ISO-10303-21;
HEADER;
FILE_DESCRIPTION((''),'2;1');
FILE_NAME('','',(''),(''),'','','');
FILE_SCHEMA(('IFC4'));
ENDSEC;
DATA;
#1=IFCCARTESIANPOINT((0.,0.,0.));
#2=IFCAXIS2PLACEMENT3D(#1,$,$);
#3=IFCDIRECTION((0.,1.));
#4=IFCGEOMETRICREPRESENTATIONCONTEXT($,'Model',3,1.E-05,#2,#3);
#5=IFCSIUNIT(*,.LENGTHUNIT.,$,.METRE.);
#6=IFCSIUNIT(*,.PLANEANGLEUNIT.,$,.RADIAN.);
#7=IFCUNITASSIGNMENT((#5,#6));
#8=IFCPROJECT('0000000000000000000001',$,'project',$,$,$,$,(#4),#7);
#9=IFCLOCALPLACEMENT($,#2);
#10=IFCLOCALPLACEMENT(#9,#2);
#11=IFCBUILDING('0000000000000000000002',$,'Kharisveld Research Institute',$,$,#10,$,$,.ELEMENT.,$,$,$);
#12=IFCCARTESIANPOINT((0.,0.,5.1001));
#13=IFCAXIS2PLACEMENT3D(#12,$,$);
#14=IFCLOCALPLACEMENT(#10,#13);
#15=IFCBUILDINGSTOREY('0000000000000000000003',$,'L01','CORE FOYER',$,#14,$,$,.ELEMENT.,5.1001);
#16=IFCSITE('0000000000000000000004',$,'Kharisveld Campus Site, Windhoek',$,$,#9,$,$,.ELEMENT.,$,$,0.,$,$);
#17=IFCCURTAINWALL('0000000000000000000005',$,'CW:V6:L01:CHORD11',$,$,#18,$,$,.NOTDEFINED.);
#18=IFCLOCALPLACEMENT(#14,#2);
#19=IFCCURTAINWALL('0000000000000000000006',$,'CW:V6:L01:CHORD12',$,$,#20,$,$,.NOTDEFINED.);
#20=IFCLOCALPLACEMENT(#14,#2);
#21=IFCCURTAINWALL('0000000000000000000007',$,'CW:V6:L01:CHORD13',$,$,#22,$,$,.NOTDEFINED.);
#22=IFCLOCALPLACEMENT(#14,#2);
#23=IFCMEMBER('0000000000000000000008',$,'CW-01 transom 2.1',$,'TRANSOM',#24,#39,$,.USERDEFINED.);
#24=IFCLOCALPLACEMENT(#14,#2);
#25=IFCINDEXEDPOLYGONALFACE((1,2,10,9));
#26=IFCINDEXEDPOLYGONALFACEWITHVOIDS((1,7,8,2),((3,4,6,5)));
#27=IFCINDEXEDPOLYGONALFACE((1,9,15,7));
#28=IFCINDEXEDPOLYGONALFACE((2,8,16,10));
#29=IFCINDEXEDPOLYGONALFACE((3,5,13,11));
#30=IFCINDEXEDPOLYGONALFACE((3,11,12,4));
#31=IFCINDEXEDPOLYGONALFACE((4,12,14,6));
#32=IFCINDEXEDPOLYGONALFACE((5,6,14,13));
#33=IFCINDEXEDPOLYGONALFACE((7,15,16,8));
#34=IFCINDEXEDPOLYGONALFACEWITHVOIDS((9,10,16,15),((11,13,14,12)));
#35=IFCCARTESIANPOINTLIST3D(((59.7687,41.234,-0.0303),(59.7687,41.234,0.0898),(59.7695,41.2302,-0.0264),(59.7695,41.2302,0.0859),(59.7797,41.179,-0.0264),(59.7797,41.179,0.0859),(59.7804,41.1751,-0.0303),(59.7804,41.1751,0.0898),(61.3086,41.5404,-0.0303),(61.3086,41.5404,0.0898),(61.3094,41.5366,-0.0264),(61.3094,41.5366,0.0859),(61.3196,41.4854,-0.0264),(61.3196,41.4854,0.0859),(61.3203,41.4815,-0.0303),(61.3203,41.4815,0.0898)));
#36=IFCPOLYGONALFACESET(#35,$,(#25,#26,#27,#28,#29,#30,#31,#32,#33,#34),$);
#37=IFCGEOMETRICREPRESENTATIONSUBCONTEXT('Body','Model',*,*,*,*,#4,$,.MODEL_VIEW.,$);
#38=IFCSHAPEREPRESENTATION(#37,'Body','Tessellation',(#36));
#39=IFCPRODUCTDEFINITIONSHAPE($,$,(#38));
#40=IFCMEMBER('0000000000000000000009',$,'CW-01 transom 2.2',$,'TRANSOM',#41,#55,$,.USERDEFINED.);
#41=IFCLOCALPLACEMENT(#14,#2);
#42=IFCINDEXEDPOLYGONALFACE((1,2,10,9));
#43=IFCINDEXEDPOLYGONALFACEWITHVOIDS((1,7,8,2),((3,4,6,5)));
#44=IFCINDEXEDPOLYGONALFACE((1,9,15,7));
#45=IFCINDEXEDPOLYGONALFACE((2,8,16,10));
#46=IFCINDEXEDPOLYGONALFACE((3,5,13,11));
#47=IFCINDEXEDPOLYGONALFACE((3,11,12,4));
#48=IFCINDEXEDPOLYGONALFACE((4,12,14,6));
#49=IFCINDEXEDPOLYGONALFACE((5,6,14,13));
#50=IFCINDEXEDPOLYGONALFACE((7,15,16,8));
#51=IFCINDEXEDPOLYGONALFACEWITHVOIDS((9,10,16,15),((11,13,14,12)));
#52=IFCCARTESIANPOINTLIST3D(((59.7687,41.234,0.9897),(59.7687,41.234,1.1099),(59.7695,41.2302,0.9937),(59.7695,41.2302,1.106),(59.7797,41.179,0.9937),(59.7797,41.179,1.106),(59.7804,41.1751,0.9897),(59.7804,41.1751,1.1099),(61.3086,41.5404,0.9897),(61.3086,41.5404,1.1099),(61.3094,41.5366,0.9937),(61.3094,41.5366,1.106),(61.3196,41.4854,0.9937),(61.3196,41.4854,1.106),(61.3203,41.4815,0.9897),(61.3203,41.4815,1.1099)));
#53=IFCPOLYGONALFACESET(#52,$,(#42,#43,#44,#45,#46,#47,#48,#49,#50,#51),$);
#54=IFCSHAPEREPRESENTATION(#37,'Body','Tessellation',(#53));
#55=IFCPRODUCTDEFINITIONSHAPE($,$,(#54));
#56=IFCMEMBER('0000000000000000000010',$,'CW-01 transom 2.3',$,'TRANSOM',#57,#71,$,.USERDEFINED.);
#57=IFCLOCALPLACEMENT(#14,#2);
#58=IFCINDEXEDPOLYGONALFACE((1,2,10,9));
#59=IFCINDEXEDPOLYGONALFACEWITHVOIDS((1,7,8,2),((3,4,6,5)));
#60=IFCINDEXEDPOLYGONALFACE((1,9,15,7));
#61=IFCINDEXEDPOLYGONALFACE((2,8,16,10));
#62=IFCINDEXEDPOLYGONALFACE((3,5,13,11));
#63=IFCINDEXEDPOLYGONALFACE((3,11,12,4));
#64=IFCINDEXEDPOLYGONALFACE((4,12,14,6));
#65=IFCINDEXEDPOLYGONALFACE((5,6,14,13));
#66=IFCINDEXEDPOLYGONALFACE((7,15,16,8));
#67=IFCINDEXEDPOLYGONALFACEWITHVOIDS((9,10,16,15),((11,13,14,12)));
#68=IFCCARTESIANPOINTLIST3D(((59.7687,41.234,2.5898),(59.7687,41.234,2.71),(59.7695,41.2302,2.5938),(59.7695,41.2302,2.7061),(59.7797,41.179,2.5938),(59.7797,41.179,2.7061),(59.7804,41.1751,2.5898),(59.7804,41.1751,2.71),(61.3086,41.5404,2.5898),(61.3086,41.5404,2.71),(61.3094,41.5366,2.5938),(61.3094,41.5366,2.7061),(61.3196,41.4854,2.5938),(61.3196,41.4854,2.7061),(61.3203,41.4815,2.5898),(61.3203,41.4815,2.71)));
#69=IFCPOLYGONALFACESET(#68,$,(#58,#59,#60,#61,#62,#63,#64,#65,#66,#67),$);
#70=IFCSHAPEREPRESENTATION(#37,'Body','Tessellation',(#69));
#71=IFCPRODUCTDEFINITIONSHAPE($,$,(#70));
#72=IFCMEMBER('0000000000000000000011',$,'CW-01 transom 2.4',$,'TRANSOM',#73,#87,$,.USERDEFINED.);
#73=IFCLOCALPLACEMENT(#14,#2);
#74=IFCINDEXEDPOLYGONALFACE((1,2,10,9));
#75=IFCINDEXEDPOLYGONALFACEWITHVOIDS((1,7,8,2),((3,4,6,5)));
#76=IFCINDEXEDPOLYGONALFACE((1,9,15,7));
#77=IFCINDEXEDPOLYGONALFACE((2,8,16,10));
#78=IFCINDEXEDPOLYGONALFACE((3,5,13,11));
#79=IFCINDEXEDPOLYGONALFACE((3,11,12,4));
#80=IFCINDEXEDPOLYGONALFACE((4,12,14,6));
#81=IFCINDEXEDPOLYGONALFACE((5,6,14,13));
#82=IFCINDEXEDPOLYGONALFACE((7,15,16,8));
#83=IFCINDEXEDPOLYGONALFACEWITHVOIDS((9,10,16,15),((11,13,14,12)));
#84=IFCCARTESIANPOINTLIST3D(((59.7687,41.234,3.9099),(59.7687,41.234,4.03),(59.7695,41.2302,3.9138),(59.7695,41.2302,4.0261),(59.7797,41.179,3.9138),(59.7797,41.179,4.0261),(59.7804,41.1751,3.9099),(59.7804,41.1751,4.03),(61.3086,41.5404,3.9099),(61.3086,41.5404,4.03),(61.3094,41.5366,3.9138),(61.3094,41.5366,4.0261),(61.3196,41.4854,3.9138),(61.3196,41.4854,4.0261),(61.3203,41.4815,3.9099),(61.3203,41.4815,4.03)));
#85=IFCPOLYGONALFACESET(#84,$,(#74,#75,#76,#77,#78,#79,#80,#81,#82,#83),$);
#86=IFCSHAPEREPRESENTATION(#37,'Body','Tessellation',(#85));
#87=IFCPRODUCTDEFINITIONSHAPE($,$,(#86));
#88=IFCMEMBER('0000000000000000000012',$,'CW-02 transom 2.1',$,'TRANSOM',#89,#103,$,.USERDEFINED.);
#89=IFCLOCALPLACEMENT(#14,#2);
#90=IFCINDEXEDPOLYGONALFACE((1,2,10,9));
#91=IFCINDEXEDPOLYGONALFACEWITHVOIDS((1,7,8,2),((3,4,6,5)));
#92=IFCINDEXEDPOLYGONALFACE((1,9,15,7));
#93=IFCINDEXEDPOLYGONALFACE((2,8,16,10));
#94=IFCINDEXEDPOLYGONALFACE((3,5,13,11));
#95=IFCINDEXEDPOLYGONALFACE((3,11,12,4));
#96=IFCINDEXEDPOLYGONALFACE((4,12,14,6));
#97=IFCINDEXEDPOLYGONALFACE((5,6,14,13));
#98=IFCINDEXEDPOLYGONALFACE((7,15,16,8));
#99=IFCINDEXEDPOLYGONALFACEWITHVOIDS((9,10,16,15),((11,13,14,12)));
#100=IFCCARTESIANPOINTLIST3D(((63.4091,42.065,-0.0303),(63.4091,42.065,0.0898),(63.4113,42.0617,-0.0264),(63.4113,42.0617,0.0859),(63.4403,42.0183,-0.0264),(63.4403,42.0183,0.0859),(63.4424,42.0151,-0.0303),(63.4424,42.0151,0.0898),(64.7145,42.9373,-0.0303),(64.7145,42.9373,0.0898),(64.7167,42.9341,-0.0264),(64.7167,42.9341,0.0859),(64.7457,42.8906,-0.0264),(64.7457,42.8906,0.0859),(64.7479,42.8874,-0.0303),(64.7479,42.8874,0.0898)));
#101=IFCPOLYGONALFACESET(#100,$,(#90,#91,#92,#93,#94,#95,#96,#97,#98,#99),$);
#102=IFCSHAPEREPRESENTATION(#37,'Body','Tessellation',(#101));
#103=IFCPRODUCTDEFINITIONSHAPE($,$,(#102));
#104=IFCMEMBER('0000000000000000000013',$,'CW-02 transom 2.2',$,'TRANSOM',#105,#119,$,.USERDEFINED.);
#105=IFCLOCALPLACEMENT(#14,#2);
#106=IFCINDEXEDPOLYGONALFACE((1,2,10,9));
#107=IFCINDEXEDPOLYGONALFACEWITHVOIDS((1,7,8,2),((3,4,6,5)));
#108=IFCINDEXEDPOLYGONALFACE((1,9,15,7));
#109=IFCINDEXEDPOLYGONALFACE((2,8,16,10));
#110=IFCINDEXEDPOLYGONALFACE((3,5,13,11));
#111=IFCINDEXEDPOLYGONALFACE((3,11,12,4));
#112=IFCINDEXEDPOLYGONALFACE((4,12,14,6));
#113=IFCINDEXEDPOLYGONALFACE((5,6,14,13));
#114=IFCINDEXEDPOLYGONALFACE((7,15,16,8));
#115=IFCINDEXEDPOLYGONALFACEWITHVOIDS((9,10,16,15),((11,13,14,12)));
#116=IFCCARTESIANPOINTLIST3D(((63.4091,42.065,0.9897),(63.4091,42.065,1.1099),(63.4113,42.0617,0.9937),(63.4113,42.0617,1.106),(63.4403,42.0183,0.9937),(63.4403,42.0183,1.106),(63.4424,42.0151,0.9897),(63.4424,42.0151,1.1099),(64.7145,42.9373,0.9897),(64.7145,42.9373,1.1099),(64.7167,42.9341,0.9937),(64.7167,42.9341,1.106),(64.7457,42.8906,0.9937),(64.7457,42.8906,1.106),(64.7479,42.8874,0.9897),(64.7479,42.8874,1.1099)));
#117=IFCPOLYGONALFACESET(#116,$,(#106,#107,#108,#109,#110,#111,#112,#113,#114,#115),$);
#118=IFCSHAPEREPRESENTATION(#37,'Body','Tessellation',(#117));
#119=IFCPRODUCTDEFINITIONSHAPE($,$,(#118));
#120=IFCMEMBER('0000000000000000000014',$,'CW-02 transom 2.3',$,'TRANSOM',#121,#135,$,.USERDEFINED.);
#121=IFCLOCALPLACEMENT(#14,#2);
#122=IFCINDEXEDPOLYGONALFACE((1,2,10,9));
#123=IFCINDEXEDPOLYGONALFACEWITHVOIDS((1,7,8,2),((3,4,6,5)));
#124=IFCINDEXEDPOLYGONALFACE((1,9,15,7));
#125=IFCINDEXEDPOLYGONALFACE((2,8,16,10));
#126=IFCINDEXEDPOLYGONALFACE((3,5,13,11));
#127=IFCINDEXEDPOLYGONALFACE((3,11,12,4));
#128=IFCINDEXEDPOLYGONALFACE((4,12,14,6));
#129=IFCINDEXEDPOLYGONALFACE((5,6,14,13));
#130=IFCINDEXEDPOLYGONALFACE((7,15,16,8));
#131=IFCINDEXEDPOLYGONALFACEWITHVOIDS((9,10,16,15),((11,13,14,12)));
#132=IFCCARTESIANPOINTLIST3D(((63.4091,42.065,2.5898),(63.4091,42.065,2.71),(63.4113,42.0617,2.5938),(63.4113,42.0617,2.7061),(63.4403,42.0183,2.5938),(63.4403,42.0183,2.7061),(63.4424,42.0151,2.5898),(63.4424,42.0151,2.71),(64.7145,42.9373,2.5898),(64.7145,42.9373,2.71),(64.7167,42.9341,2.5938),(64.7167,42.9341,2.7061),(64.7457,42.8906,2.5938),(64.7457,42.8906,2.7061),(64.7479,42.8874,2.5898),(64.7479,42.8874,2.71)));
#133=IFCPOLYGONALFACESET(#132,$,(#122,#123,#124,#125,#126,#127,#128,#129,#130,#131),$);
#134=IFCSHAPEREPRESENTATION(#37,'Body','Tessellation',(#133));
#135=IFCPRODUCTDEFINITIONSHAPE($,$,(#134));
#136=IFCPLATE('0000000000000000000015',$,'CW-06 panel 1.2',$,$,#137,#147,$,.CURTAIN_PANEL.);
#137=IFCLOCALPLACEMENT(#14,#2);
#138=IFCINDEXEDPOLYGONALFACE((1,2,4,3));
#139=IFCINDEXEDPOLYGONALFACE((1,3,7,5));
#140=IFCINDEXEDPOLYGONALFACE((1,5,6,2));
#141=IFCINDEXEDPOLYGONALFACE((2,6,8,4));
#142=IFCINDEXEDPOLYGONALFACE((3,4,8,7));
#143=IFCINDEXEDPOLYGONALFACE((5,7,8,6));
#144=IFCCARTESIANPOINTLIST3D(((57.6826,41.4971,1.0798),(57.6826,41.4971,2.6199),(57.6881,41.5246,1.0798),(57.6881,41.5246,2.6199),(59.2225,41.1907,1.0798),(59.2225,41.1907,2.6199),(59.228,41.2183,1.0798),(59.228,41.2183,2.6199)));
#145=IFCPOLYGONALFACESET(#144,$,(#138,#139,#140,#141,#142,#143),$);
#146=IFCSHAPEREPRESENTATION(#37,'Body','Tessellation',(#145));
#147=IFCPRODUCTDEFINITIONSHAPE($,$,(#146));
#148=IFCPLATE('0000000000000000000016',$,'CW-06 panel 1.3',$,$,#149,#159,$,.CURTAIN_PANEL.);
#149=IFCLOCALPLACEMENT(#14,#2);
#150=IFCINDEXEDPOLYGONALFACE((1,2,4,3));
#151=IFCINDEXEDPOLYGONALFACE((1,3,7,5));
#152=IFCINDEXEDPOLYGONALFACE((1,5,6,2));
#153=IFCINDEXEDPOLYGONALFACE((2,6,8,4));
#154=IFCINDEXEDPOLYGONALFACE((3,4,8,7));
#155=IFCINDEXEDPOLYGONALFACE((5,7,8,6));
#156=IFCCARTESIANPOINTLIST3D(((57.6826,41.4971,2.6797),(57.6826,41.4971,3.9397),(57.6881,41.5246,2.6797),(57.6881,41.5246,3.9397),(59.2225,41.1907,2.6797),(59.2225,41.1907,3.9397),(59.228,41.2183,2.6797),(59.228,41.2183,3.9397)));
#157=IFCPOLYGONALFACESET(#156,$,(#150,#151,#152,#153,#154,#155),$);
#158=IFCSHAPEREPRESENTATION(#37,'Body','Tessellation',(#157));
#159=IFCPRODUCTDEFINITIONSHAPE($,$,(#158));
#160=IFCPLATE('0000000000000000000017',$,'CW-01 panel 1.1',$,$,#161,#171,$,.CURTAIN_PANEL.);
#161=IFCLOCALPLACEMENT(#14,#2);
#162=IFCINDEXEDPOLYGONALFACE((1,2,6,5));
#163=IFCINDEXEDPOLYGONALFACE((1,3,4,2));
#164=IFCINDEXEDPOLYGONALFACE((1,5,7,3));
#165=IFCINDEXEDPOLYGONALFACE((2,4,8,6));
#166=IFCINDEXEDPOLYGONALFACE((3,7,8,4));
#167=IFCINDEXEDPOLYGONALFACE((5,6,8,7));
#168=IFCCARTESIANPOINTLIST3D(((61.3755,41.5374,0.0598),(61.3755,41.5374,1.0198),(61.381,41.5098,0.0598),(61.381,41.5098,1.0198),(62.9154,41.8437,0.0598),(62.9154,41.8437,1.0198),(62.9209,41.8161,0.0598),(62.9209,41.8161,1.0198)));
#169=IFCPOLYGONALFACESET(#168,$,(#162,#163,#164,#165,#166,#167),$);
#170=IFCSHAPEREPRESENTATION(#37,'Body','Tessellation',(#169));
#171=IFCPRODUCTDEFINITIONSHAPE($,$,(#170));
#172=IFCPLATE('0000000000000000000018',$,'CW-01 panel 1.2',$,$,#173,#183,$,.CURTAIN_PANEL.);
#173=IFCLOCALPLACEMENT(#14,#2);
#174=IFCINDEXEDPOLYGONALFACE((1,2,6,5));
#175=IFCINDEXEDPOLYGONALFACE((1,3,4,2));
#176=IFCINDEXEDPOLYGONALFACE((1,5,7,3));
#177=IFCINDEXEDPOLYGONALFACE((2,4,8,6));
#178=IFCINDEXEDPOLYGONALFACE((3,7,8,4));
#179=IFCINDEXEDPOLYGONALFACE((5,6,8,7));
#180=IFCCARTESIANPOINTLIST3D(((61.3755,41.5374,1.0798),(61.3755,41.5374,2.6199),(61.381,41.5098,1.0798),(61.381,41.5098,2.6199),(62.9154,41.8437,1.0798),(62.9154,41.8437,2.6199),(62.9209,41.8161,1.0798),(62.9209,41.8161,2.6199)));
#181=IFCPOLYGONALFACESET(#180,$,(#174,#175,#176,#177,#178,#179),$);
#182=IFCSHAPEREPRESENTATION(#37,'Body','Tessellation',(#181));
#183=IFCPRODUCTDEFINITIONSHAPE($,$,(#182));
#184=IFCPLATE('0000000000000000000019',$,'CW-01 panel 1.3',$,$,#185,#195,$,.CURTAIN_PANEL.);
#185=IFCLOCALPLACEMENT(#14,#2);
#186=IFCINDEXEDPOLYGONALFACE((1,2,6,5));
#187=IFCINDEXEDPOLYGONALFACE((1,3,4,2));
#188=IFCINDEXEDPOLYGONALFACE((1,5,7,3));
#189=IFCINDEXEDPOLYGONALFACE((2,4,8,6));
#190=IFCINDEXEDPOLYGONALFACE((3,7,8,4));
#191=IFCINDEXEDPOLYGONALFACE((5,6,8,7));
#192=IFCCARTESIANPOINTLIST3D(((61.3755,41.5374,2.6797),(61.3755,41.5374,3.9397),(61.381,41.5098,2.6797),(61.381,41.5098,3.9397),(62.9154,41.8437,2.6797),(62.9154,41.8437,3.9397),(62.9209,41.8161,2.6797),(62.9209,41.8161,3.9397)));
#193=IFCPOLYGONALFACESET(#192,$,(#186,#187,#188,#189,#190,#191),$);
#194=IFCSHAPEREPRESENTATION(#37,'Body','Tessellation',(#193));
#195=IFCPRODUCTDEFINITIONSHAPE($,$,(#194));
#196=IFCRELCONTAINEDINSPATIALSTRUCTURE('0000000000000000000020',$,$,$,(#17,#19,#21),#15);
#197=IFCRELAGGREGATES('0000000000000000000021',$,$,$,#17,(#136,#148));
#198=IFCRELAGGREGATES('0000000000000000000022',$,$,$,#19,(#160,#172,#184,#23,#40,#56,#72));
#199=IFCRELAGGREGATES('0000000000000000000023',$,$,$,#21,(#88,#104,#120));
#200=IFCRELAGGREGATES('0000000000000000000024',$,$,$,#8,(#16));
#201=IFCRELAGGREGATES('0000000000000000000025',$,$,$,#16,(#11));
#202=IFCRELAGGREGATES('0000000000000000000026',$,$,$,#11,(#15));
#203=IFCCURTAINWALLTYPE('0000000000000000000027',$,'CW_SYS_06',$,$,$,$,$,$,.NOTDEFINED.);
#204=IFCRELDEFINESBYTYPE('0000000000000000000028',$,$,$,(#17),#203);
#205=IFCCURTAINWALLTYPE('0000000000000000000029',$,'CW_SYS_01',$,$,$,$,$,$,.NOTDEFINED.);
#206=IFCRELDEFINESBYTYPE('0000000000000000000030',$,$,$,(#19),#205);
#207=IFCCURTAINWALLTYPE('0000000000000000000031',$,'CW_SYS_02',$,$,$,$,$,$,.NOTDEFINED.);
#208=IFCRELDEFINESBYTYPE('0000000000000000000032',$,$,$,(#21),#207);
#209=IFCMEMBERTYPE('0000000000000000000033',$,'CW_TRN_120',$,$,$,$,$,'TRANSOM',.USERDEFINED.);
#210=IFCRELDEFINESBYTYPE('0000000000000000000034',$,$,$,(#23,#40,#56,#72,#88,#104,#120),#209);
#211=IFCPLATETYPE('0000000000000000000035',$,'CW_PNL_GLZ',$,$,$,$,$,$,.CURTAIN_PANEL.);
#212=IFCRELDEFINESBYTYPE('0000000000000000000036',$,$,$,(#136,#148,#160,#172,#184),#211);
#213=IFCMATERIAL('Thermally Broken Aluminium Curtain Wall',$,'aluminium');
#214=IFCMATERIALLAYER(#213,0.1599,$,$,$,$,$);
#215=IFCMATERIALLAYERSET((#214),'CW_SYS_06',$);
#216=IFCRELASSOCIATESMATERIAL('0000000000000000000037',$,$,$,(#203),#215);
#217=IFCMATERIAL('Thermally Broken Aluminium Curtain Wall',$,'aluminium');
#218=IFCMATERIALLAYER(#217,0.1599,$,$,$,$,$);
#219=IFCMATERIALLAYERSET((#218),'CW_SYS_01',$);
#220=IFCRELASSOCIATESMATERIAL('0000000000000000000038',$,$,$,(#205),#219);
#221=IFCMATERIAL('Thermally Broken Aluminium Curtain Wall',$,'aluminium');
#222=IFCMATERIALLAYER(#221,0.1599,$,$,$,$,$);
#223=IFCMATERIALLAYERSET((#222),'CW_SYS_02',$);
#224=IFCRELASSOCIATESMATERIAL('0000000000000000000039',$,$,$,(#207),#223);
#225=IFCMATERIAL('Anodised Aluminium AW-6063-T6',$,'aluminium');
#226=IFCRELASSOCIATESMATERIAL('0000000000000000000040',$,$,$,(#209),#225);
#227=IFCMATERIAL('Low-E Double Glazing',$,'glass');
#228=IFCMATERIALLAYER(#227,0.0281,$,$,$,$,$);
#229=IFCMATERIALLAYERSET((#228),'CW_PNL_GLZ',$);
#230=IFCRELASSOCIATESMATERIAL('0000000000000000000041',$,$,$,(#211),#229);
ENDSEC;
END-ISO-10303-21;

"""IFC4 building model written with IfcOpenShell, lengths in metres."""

from ifc_helpers import new_model, si_unit, direction, frame, origin, origin_2d, place, context, subcontext, project, spatial, rectangle, hollow_rectangle, extrude, material, layer, layer_set, material_profile, profile_set, type_object, element, aggregate, save


model = new_model("IFC4")

# Units and contexts
model_context = context("Model", 3, precision=1e-05, world=origin(), true_north=direction((0.0, 1.0)))
body_context = subcontext(model_context, "Body", "Model", "MODEL_VIEW")
ifc_project = project(units=[si_unit("LENGTHUNIT", "METRE"), si_unit("PLANEANGLEUNIT", "RADIAN")], contexts=[model_context])

# Site, building, storey
site_placement = place(None, origin())
site = spatial("IfcSite", under=ifc_project, at=site_placement, Name="Kharisveld Campus Site, Windhoek", CompositionType="ELEMENT", RefElevation=0.0)
building_placement = place(site_placement, origin())
building = spatial("IfcBuilding", under=site, at=building_placement, Name="Kharisveld Research Institute", CompositionType="ELEMENT")
storey_placement = place(building_placement, frame((0.0, 0.0, 5.1001)))
storey = spatial("IfcBuildingStorey", under=building, at=storey_placement, Name="L01", Description="CORE FOYER", CompositionType="ELEMENT", Elevation=5.1001)

# Curtain wall
ifc_material_1 = material(Name="Thermally Broken Aluminium Curtain Wall", Category="aluminium")
ifc_layer_1 = layer(ifc_material_1, 0.1599)
ifc_layer_set_1 = layer_set([ifc_layer_1], Name="CW_SYS_06")
curtain_wall_type_1 = type_object("IfcCurtainWallType", Name="CW_SYS_06", PredefinedType="NOTDEFINED", material=ifc_layer_set_1)
curtain_wall_1_placement = place(storey_placement, origin())
curtain_wall_1 = element("IfcCurtainWall", 1, at=curtain_wall_1_placement, inside=storey, type_object=curtain_wall_type_1, Name="CW:V6:L01:CHORD11", PredefinedType="NOTDEFINED")

# Curtain wall
ifc_material_2 = material(Name="Thermally Broken Aluminium Curtain Wall", Category="aluminium")
ifc_layer_2 = layer(ifc_material_2, 0.1599)
ifc_layer_set_2 = layer_set([ifc_layer_2], Name="CW_SYS_01")
curtain_wall_type_2 = type_object("IfcCurtainWallType", Name="CW_SYS_01", PredefinedType="NOTDEFINED", material=ifc_layer_set_2)
curtain_wall_2_placement = place(storey_placement, origin())
curtain_wall_2 = element("IfcCurtainWall", 2, at=curtain_wall_2_placement, inside=storey, type_object=curtain_wall_type_2, Name="CW:V6:L01:CHORD12", PredefinedType="NOTDEFINED")

# Curtain wall
ifc_material_3 = material(Name="Thermally Broken Aluminium Curtain Wall", Category="aluminium")
ifc_layer_3 = layer(ifc_material_3, 0.1599)
ifc_layer_set_3 = layer_set([ifc_layer_3], Name="CW_SYS_02")
curtain_wall_type_3 = type_object("IfcCurtainWallType", Name="CW_SYS_02", PredefinedType="NOTDEFINED", material=ifc_layer_set_3)
curtain_wall_3_placement = place(storey_placement, origin())
curtain_wall_3 = element("IfcCurtainWall", 3, at=curtain_wall_3_placement, inside=storey, type_object=curtain_wall_type_3, Name="CW:V6:L01:CHORD13", PredefinedType="NOTDEFINED")

# Members
ifc_material_4 = material(Name="Anodised Aluminium AW-6063-T6", Category="aluminium")
ifc_material_profile_1 = material_profile(ifc_material_4, hollow_rectangle(XDim=0.0601, YDim=0.1201, WallThickness=0.0039, at=origin_2d()))
ifc_profile_set_1 = profile_set([ifc_material_profile_1], Name="Anodised Aluminium AW-6063-T6")
member_type_1 = type_object("IfcMemberType", Name="CW_TRN_120", ElementType="TRANSOM", PredefinedType="USERDEFINED", material=ifc_profile_set_1)
member_1_placement = place(storey_placement, frame((61.3145, 41.511, 0.0298), z_axis=(-0.980772, -0.195159, 0.0), x_axis=(0.195159, -0.980772, 0.0)))
member_1 = element("IfcMember", 4, at=member_1_placement, type_object=member_type_1, Name="CW-01 transom 2.1", ObjectType="TRANSOM", PredefinedType="USERDEFINED", context=body_context, shape_type="SweptSolid", body=[
    extrude(hollow_rectangle(XDim=0.0601, YDim=0.1201, WallThickness=0.0039, at=origin_2d()), origin(), (0.0, 0.0, 1.0), 1.5701),
])
member_2_placement = place(storey_placement, frame((61.3145, 41.511, 1.0498), z_axis=(-0.980772, -0.195159, 0.0), x_axis=(0.195159, -0.980772, 0.0)))
member_2 = element("IfcMember", 5, at=member_2_placement, type_object=member_type_1, Name="CW-01 transom 2.2", ObjectType="TRANSOM", PredefinedType="USERDEFINED", context=body_context, shape_type="SweptSolid", body=[
    extrude(hollow_rectangle(XDim=0.0601, YDim=0.1201, WallThickness=0.0039, at=origin_2d()), origin(), (0.0, 0.0, 1.0), 1.5701),
])
member_3_placement = place(storey_placement, frame((61.3145, 41.511, 2.6499), z_axis=(-0.980772, -0.195159, 0.0), x_axis=(0.195159, -0.980772, 0.0)))
member_3 = element("IfcMember", 6, at=member_3_placement, type_object=member_type_1, Name="CW-01 transom 2.3", ObjectType="TRANSOM", PredefinedType="USERDEFINED", context=body_context, shape_type="SweptSolid", body=[
    extrude(hollow_rectangle(XDim=0.0601, YDim=0.1201, WallThickness=0.0039, at=origin_2d()), origin(), (0.0, 0.0, 1.0), 1.5701),
])
member_4_placement = place(storey_placement, frame((61.3145, 41.511, 3.97), z_axis=(-0.980772, -0.195159, 0.0), x_axis=(0.195159, -0.980772, 0.0)))
member_4 = element("IfcMember", 7, at=member_4_placement, type_object=member_type_1, Name="CW-01 transom 2.4", ObjectType="TRANSOM", PredefinedType="USERDEFINED", context=body_context, shape_type="SweptSolid", body=[
    extrude(hollow_rectangle(XDim=0.0601, YDim=0.1201, WallThickness=0.0039, at=origin_2d()), origin(), (0.0, 0.0, 1.0), 1.5701),
])
member_5_placement = place(storey_placement, frame((64.7312, 42.9124, 0.0298), z_axis=(-0.831452, -0.555597, 0.0), x_axis=(0.555597, -0.831452, 0.0)))
member_5 = element("IfcMember", 8, at=member_5_placement, type_object=member_type_1, Name="CW-02 transom 2.1", ObjectType="TRANSOM", PredefinedType="USERDEFINED", context=body_context, shape_type="SweptSolid", body=[
    extrude(hollow_rectangle(XDim=0.0601, YDim=0.1201, WallThickness=0.0039, at=origin_2d()), origin(), (0.0, 0.0, 1.0), 1.5701),
])
member_6_placement = place(storey_placement, frame((64.7312, 42.9124, 1.0498), z_axis=(-0.831452, -0.555597, 0.0), x_axis=(0.555597, -0.831452, 0.0)))
member_6 = element("IfcMember", 9, at=member_6_placement, type_object=member_type_1, Name="CW-02 transom 2.2", ObjectType="TRANSOM", PredefinedType="USERDEFINED", context=body_context, shape_type="SweptSolid", body=[
    extrude(hollow_rectangle(XDim=0.0601, YDim=0.1201, WallThickness=0.0039, at=origin_2d()), origin(), (0.0, 0.0, 1.0), 1.5701),
])
member_7_placement = place(storey_placement, frame((64.7312, 42.9124, 2.6499), z_axis=(-0.831452, -0.555597, 0.0), x_axis=(0.555597, -0.831452, 0.0)))
member_7 = element("IfcMember", 10, at=member_7_placement, type_object=member_type_1, Name="CW-02 transom 2.3", ObjectType="TRANSOM", PredefinedType="USERDEFINED", context=body_context, shape_type="SweptSolid", body=[
    extrude(hollow_rectangle(XDim=0.0601, YDim=0.1201, WallThickness=0.0039, at=origin_2d()), origin(), (0.0, 0.0, 1.0), 1.5701),
])

# Plates
ifc_material_5 = material(Name="Low-E Double Glazing", Category="glass")
ifc_layer_4 = layer(ifc_material_5, 0.0281)
ifc_layer_set_4 = layer_set([ifc_layer_4], Name="CW_PNL_GLZ")
plate_type = type_object("IfcPlateType", Name="CW_PNL_GLZ", PredefinedType="CURTAIN_PANEL", material=ifc_layer_set_4)
plate_1_placement = place(storey_placement, frame((58.4553, 41.3577, 1.0798), z_axis=(0.0, 0.0, 1.0), x_axis=(-0.980785, 0.195091, 0.0)))
plate_1 = element("IfcPlate", 11, at=plate_1_placement, type_object=plate_type, Name="CW-06 panel 1.2", PredefinedType="CURTAIN_PANEL", context=body_context, shape_type="SweptSolid", body=[
    extrude(rectangle(XDim=1.5701, YDim=0.0281, at=origin_2d()), origin(), (0.0, 0.0, 1.0), 1.54),
])
plate_2_placement = place(storey_placement, frame((58.4553, 41.3577, 2.6797), z_axis=(0.0, 0.0, 1.0), x_axis=(-0.980785, 0.195091, 0.0)))
plate_2 = element("IfcPlate", 12, at=plate_2_placement, type_object=plate_type, Name="CW-06 panel 1.3", PredefinedType="CURTAIN_PANEL", context=body_context, shape_type="SweptSolid", body=[
    extrude(rectangle(XDim=1.5701, YDim=0.0281, at=origin_2d()), origin(), (0.0, 0.0, 1.0), 1.26),
])
aggregate(curtain_wall_1, [plate_1, plate_2])
plate_3_placement = place(storey_placement, frame((62.1482, 41.6768, 0.0598), z_axis=(0.0, 0.0, 1.0), x_axis=(-0.980785, -0.195091, 0.0)))
plate_3 = element("IfcPlate", 13, at=plate_3_placement, type_object=plate_type, Name="CW-01 panel 1.1", PredefinedType="CURTAIN_PANEL", context=body_context, shape_type="SweptSolid", body=[
    extrude(rectangle(XDim=1.5701, YDim=0.0281, at=origin_2d()), origin(), (0.0, 0.0, 1.0), 0.96),
])
plate_4_placement = place(storey_placement, frame((62.1482, 41.6768, 1.0798), z_axis=(0.0, 0.0, 1.0), x_axis=(-0.980785, -0.195091, 0.0)))
plate_4 = element("IfcPlate", 14, at=plate_4_placement, type_object=plate_type, Name="CW-01 panel 1.2", PredefinedType="CURTAIN_PANEL", context=body_context, shape_type="SweptSolid", body=[
    extrude(rectangle(XDim=1.5701, YDim=0.0281, at=origin_2d()), origin(), (0.0, 0.0, 1.0), 1.54),
])
plate_5_placement = place(storey_placement, frame((62.1482, 41.6768, 2.6797), z_axis=(0.0, 0.0, 1.0), x_axis=(-0.980785, -0.195091, 0.0)))
plate_5 = element("IfcPlate", 15, at=plate_5_placement, type_object=plate_type, Name="CW-01 panel 1.3", PredefinedType="CURTAIN_PANEL", context=body_context, shape_type="SweptSolid", body=[
    extrude(rectangle(XDim=1.5701, YDim=0.0281, at=origin_2d()), origin(), (0.0, 0.0, 1.0), 1.26),
])
aggregate(curtain_wall_2, [plate_3, plate_4, plate_5, member_1, member_2, member_3, member_4])
aggregate(curtain_wall_3, [member_5, member_6, member_7])

save(model, "model.ifc")
